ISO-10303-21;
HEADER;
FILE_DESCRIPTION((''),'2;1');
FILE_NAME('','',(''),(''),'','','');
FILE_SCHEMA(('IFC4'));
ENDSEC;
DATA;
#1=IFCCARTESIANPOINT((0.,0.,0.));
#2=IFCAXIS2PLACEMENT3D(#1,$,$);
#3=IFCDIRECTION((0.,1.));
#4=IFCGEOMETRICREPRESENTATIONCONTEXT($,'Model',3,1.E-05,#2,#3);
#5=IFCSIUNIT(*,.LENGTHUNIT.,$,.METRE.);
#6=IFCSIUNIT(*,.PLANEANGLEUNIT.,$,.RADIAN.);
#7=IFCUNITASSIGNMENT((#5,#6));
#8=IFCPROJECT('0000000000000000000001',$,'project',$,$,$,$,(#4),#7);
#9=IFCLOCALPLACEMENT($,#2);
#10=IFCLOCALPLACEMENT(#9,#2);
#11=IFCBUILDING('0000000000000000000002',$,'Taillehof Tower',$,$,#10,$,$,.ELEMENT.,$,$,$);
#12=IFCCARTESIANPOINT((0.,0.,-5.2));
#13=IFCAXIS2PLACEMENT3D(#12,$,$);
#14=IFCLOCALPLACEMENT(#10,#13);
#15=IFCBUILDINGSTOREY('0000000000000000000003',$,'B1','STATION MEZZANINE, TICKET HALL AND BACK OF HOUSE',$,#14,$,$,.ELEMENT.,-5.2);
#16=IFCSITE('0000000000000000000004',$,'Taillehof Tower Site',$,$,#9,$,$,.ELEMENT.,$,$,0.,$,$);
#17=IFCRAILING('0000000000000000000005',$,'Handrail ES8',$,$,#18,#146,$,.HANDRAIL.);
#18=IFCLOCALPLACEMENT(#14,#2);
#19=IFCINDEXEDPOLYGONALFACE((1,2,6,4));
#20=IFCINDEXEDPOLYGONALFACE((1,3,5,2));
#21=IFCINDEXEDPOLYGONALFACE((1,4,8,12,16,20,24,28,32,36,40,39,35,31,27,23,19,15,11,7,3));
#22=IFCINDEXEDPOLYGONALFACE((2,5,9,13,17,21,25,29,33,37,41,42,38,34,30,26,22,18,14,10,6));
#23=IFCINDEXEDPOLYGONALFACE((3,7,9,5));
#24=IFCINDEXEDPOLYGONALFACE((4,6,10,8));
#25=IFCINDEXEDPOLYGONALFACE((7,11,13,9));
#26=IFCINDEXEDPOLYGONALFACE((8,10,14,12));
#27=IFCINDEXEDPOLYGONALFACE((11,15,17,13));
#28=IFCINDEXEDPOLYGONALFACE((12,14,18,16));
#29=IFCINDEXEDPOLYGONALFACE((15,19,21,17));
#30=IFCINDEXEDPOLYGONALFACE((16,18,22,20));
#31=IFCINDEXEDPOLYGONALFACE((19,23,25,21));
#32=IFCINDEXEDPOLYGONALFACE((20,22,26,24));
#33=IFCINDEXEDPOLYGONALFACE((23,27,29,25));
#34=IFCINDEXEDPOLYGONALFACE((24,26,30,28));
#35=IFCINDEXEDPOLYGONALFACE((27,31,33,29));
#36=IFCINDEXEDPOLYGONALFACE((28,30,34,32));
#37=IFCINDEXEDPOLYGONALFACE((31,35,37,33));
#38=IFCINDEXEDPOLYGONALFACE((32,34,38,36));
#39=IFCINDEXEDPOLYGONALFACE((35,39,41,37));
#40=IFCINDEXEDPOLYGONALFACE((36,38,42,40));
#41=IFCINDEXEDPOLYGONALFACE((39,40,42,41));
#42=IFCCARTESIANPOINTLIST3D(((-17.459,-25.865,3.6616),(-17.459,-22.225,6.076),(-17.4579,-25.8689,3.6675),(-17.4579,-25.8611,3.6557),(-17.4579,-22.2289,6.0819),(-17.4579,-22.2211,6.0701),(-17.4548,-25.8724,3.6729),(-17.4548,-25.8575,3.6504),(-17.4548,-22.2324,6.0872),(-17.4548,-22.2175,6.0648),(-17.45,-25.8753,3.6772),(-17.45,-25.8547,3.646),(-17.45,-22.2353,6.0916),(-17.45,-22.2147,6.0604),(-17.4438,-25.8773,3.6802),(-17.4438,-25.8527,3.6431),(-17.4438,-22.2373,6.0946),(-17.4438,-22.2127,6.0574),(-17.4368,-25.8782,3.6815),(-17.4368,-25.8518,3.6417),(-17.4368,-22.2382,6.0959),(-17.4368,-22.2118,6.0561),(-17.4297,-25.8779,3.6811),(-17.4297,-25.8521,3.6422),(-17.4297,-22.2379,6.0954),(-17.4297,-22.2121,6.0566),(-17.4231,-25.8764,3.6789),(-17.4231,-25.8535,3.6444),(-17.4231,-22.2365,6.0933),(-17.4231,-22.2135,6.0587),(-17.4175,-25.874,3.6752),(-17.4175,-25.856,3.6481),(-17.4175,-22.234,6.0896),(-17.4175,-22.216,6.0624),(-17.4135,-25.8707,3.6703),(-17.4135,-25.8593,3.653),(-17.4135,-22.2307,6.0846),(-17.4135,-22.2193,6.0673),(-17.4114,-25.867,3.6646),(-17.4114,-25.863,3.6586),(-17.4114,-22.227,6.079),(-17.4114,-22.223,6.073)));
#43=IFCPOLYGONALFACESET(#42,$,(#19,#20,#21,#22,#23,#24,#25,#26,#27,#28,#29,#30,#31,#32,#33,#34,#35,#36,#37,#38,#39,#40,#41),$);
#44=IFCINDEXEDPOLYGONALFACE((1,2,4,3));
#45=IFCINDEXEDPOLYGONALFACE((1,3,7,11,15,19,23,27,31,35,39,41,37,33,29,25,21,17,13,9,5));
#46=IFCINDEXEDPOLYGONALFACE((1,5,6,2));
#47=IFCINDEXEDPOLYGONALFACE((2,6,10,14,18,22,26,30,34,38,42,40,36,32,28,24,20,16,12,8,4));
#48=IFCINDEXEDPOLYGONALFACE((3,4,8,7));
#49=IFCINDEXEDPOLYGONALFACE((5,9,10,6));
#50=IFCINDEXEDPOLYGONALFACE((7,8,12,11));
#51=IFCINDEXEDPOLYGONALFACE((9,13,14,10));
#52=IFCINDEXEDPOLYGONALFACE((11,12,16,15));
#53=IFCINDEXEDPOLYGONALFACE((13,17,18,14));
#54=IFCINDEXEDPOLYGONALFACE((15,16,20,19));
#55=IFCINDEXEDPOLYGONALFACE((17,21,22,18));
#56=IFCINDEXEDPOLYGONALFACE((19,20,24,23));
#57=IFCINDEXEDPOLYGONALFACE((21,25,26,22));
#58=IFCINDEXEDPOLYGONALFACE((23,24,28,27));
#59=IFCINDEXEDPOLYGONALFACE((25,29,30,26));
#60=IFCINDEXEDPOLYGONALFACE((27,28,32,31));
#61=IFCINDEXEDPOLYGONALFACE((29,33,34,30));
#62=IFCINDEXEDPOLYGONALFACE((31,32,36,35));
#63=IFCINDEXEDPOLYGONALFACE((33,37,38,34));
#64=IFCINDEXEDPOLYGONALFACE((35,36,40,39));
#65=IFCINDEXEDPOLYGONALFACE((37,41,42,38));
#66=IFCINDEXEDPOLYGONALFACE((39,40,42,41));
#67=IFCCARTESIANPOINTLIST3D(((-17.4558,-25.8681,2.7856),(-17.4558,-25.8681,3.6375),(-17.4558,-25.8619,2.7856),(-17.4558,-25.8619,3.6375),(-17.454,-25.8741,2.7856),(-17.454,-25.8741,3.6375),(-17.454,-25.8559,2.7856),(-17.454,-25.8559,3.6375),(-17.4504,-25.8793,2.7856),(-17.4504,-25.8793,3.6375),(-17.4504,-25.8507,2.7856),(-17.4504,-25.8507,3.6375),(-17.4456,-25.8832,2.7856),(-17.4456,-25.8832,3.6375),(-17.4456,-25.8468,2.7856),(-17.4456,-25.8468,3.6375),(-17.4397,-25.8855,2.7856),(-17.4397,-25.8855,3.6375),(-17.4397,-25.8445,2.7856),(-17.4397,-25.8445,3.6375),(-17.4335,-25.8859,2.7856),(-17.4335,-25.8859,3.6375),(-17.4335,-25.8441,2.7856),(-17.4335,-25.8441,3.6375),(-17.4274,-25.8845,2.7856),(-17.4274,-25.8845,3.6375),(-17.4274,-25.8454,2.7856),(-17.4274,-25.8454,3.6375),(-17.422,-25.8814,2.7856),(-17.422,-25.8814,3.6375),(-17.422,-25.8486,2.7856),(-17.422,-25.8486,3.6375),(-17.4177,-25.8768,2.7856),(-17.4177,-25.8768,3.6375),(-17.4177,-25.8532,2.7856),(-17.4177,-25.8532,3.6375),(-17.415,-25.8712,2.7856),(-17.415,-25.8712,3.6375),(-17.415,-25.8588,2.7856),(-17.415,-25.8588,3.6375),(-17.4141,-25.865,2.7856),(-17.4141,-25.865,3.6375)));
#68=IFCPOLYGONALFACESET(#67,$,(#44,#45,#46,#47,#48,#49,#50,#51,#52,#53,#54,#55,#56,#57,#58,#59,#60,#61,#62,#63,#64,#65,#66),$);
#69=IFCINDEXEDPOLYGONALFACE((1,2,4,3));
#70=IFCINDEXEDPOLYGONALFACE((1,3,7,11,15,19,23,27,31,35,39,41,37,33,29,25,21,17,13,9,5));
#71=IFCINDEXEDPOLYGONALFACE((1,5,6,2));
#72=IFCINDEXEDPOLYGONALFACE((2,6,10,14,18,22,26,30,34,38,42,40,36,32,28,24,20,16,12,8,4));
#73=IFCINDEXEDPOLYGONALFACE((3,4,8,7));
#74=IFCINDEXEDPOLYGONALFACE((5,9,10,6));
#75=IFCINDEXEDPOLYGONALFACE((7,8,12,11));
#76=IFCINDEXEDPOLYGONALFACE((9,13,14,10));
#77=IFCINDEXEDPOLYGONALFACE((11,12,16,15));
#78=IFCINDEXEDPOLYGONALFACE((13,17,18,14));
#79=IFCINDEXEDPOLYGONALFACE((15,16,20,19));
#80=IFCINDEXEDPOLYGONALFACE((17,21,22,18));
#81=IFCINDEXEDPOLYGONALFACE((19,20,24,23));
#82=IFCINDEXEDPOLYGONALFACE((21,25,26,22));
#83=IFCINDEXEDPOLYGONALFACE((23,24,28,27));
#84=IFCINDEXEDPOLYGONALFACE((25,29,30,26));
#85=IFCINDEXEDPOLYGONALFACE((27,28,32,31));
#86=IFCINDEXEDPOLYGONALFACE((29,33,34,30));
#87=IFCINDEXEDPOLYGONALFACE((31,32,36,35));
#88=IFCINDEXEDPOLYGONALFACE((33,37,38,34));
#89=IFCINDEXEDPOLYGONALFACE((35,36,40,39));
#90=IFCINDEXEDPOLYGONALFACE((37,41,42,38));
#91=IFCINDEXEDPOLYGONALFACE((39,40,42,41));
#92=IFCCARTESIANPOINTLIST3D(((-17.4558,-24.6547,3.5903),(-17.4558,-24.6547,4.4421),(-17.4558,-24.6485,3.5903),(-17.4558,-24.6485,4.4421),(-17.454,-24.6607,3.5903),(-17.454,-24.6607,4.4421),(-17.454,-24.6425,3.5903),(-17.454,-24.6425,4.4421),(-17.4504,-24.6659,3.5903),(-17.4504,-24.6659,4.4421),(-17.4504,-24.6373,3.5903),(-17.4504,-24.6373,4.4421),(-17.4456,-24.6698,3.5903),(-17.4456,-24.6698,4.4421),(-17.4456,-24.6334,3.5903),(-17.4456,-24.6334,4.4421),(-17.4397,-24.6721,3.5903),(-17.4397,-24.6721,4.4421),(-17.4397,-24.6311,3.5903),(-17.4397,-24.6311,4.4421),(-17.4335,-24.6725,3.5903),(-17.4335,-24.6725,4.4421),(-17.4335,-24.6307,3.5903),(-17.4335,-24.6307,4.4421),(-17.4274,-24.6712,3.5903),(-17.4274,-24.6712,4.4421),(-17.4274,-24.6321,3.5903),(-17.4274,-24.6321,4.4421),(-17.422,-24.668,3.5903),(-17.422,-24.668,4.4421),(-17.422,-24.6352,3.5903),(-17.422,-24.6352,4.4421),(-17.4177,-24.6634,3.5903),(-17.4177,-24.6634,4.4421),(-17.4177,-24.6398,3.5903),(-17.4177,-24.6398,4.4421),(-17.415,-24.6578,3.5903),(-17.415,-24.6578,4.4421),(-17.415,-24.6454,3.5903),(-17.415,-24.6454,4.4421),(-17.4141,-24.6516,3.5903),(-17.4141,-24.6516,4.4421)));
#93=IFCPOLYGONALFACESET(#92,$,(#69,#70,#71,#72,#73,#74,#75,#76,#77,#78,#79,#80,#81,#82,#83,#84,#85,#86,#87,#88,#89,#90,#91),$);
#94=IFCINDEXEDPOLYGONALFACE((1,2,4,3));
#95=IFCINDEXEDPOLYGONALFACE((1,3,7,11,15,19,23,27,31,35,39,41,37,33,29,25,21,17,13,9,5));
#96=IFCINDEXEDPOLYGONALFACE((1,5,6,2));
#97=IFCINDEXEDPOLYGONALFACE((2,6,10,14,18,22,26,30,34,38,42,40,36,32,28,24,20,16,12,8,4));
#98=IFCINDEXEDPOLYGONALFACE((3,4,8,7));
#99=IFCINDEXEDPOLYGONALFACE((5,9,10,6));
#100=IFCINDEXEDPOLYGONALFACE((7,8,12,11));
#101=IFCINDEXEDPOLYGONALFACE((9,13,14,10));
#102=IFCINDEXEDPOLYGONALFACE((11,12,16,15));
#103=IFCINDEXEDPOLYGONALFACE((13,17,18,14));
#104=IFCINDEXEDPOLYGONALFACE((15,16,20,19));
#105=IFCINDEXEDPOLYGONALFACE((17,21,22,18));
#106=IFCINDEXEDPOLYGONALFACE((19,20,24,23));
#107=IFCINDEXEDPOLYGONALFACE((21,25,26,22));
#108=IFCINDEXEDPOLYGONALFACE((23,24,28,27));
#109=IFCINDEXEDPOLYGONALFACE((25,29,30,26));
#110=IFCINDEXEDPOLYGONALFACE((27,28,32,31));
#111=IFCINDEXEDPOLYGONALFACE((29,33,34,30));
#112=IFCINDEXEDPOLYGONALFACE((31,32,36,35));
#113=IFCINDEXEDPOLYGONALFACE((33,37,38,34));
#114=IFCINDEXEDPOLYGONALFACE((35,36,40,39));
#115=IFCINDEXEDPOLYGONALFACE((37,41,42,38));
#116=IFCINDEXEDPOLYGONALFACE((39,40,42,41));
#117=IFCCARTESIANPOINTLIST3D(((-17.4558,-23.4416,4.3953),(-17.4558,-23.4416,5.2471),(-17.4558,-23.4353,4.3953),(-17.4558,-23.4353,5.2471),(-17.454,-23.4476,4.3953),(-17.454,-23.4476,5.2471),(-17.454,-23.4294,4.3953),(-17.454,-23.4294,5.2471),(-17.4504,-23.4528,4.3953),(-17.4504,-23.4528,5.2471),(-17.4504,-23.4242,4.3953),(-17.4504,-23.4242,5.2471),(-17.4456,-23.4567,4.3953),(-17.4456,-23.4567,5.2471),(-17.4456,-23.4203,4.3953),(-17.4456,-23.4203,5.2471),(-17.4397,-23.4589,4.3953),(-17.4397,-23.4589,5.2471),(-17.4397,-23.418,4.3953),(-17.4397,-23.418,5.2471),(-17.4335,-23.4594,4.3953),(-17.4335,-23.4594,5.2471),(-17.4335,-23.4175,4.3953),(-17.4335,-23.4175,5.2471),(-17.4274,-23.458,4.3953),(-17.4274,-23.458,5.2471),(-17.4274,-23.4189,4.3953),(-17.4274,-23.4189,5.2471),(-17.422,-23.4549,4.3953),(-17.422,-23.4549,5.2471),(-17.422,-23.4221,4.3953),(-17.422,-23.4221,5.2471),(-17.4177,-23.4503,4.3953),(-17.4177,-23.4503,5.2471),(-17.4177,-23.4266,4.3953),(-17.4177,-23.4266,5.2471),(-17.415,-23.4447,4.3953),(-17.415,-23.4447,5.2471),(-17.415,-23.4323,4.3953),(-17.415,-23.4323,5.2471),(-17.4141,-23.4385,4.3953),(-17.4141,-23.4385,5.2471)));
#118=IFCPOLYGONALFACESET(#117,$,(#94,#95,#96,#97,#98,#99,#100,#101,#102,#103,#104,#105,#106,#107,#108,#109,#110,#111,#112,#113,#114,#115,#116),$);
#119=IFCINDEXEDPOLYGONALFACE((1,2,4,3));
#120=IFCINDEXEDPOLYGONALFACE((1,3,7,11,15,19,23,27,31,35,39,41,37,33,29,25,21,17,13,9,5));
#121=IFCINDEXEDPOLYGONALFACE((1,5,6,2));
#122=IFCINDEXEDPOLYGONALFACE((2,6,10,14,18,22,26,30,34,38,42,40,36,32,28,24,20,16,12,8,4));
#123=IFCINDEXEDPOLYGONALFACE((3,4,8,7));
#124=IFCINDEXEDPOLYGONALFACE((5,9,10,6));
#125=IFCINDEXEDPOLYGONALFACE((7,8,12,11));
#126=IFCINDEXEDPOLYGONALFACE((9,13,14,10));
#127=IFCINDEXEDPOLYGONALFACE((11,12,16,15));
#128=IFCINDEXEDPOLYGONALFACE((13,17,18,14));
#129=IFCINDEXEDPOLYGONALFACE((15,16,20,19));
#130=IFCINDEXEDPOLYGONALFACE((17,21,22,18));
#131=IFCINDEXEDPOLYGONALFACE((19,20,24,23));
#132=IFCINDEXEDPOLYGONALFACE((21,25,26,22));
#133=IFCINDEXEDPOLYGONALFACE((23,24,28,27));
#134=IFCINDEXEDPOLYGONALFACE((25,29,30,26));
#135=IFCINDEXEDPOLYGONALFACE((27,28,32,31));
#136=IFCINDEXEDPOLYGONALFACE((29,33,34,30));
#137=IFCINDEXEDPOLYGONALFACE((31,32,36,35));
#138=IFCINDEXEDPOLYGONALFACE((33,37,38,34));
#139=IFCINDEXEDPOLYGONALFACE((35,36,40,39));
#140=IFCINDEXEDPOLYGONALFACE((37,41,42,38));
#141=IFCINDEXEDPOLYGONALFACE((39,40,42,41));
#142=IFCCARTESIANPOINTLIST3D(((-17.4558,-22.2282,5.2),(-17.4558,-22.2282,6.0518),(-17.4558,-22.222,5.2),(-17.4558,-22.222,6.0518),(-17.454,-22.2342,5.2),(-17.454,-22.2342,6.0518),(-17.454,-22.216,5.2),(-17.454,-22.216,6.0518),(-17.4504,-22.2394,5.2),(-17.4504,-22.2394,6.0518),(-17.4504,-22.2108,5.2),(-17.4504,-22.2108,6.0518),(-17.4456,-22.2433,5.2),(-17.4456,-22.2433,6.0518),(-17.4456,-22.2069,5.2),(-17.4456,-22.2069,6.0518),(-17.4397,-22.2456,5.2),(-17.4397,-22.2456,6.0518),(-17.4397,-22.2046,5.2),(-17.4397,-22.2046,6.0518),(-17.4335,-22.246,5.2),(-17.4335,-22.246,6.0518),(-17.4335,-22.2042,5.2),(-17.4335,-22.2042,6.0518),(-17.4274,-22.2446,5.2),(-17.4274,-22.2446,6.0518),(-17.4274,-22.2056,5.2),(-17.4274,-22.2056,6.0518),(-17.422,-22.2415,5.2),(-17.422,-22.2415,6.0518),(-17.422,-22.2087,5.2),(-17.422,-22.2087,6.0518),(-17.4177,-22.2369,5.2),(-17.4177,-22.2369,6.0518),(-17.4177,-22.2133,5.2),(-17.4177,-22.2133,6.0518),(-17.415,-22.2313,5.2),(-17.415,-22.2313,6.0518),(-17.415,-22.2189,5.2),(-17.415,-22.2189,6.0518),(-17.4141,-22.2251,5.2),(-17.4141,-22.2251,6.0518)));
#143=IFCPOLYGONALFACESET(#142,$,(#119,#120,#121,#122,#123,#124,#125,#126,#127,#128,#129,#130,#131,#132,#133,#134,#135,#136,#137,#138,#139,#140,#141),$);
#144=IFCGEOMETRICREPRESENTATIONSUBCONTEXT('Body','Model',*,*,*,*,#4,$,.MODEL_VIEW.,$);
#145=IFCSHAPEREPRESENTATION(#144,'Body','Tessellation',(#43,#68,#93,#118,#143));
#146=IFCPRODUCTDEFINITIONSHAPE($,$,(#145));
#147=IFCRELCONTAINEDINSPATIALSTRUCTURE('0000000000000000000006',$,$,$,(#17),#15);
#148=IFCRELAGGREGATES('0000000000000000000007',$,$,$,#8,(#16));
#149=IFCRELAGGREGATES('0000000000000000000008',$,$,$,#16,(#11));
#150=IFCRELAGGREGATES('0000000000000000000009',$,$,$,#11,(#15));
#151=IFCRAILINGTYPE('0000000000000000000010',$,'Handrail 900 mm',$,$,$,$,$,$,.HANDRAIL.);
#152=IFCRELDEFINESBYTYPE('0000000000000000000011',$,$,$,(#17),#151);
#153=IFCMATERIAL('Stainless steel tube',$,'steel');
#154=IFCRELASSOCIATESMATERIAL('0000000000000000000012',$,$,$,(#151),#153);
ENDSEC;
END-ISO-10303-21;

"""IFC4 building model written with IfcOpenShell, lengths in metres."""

from ifc_helpers import new_model, si_unit, direction, frame, origin, origin_2d, place, context, subcontext, project, spatial, circle, extrude, material, type_object, element, save


model = new_model("IFC4")

# Units and contexts
model_context = context("Model", 3, precision=1e-05, world=origin(), true_north=direction((0.0, 1.0)))
body_context = subcontext(model_context, "Body", "Model", "MODEL_VIEW")
ifc_project = project(units=[si_unit("LENGTHUNIT", "METRE"), si_unit("PLANEANGLEUNIT", "RADIAN")], contexts=[model_context])

# Site, building, storey
site_placement = place(None, origin())
site = spatial("IfcSite", under=ifc_project, at=site_placement, Name="Taillehof Tower Site", CompositionType="ELEMENT", RefElevation=0.0)
building_placement = place(site_placement, origin())
building = spatial("IfcBuilding", under=site, at=building_placement, Name="Taillehof Tower", CompositionType="ELEMENT")
storey_placement = place(building_placement, frame((0.0, 0.0, -5.2)))
storey = spatial("IfcBuildingStorey", under=building, at=storey_placement, Name="B1", Description="STATION MEZZANINE, TICKET HALL AND BACK OF HOUSE", CompositionType="ELEMENT", Elevation=-5.2)

# Railing
ifc_material_1 = material(Name="Stainless steel tube", Category="steel")
railing_type = type_object("IfcRailingType", Name="Handrail 900 mm", PredefinedType="HANDRAIL", material=ifc_material_1)
for number, where, name in (
    (1, (-17.4351, -25.865, 2.7856), "Handrail ES8"),
):
    element("IfcRailing", number, at=place(storey_placement, frame(where)), inside=storey, type_object=railing_type, Name=name, PredefinedType="HANDRAIL", context=body_context, shape_type="SweptSolid", body=[
        extrude(circle(Radius=0.0239, at=origin_2d()), frame((0.0, 0.0, 0.876), z_axis=(0.0, 0.833347, 0.552751), x_axis=(-1.0, 0.0, 0.0)), (0.0, 0.0, 1.0), 4.3679),
        extrude(circle(Radius=0.021, at=origin_2d()), origin(), (0.0, 0.0, 1.0), 0.8518),
        extrude(circle(Radius=0.021, at=origin_2d()), frame((0.0, 1.2134, 0.8047)), (0.0, 0.0, 1.0), 0.8518),
        extrude(circle(Radius=0.021, at=origin_2d()), frame((0.0, 2.4265, 1.6096)), (0.0, 0.0, 1.0), 0.8518),
        extrude(circle(Radius=0.021, at=origin_2d()), frame((0.0, 3.6399, 2.4143)), (0.0, 0.0, 1.0), 0.8518),
    ])

save(model, "model.ifc")
